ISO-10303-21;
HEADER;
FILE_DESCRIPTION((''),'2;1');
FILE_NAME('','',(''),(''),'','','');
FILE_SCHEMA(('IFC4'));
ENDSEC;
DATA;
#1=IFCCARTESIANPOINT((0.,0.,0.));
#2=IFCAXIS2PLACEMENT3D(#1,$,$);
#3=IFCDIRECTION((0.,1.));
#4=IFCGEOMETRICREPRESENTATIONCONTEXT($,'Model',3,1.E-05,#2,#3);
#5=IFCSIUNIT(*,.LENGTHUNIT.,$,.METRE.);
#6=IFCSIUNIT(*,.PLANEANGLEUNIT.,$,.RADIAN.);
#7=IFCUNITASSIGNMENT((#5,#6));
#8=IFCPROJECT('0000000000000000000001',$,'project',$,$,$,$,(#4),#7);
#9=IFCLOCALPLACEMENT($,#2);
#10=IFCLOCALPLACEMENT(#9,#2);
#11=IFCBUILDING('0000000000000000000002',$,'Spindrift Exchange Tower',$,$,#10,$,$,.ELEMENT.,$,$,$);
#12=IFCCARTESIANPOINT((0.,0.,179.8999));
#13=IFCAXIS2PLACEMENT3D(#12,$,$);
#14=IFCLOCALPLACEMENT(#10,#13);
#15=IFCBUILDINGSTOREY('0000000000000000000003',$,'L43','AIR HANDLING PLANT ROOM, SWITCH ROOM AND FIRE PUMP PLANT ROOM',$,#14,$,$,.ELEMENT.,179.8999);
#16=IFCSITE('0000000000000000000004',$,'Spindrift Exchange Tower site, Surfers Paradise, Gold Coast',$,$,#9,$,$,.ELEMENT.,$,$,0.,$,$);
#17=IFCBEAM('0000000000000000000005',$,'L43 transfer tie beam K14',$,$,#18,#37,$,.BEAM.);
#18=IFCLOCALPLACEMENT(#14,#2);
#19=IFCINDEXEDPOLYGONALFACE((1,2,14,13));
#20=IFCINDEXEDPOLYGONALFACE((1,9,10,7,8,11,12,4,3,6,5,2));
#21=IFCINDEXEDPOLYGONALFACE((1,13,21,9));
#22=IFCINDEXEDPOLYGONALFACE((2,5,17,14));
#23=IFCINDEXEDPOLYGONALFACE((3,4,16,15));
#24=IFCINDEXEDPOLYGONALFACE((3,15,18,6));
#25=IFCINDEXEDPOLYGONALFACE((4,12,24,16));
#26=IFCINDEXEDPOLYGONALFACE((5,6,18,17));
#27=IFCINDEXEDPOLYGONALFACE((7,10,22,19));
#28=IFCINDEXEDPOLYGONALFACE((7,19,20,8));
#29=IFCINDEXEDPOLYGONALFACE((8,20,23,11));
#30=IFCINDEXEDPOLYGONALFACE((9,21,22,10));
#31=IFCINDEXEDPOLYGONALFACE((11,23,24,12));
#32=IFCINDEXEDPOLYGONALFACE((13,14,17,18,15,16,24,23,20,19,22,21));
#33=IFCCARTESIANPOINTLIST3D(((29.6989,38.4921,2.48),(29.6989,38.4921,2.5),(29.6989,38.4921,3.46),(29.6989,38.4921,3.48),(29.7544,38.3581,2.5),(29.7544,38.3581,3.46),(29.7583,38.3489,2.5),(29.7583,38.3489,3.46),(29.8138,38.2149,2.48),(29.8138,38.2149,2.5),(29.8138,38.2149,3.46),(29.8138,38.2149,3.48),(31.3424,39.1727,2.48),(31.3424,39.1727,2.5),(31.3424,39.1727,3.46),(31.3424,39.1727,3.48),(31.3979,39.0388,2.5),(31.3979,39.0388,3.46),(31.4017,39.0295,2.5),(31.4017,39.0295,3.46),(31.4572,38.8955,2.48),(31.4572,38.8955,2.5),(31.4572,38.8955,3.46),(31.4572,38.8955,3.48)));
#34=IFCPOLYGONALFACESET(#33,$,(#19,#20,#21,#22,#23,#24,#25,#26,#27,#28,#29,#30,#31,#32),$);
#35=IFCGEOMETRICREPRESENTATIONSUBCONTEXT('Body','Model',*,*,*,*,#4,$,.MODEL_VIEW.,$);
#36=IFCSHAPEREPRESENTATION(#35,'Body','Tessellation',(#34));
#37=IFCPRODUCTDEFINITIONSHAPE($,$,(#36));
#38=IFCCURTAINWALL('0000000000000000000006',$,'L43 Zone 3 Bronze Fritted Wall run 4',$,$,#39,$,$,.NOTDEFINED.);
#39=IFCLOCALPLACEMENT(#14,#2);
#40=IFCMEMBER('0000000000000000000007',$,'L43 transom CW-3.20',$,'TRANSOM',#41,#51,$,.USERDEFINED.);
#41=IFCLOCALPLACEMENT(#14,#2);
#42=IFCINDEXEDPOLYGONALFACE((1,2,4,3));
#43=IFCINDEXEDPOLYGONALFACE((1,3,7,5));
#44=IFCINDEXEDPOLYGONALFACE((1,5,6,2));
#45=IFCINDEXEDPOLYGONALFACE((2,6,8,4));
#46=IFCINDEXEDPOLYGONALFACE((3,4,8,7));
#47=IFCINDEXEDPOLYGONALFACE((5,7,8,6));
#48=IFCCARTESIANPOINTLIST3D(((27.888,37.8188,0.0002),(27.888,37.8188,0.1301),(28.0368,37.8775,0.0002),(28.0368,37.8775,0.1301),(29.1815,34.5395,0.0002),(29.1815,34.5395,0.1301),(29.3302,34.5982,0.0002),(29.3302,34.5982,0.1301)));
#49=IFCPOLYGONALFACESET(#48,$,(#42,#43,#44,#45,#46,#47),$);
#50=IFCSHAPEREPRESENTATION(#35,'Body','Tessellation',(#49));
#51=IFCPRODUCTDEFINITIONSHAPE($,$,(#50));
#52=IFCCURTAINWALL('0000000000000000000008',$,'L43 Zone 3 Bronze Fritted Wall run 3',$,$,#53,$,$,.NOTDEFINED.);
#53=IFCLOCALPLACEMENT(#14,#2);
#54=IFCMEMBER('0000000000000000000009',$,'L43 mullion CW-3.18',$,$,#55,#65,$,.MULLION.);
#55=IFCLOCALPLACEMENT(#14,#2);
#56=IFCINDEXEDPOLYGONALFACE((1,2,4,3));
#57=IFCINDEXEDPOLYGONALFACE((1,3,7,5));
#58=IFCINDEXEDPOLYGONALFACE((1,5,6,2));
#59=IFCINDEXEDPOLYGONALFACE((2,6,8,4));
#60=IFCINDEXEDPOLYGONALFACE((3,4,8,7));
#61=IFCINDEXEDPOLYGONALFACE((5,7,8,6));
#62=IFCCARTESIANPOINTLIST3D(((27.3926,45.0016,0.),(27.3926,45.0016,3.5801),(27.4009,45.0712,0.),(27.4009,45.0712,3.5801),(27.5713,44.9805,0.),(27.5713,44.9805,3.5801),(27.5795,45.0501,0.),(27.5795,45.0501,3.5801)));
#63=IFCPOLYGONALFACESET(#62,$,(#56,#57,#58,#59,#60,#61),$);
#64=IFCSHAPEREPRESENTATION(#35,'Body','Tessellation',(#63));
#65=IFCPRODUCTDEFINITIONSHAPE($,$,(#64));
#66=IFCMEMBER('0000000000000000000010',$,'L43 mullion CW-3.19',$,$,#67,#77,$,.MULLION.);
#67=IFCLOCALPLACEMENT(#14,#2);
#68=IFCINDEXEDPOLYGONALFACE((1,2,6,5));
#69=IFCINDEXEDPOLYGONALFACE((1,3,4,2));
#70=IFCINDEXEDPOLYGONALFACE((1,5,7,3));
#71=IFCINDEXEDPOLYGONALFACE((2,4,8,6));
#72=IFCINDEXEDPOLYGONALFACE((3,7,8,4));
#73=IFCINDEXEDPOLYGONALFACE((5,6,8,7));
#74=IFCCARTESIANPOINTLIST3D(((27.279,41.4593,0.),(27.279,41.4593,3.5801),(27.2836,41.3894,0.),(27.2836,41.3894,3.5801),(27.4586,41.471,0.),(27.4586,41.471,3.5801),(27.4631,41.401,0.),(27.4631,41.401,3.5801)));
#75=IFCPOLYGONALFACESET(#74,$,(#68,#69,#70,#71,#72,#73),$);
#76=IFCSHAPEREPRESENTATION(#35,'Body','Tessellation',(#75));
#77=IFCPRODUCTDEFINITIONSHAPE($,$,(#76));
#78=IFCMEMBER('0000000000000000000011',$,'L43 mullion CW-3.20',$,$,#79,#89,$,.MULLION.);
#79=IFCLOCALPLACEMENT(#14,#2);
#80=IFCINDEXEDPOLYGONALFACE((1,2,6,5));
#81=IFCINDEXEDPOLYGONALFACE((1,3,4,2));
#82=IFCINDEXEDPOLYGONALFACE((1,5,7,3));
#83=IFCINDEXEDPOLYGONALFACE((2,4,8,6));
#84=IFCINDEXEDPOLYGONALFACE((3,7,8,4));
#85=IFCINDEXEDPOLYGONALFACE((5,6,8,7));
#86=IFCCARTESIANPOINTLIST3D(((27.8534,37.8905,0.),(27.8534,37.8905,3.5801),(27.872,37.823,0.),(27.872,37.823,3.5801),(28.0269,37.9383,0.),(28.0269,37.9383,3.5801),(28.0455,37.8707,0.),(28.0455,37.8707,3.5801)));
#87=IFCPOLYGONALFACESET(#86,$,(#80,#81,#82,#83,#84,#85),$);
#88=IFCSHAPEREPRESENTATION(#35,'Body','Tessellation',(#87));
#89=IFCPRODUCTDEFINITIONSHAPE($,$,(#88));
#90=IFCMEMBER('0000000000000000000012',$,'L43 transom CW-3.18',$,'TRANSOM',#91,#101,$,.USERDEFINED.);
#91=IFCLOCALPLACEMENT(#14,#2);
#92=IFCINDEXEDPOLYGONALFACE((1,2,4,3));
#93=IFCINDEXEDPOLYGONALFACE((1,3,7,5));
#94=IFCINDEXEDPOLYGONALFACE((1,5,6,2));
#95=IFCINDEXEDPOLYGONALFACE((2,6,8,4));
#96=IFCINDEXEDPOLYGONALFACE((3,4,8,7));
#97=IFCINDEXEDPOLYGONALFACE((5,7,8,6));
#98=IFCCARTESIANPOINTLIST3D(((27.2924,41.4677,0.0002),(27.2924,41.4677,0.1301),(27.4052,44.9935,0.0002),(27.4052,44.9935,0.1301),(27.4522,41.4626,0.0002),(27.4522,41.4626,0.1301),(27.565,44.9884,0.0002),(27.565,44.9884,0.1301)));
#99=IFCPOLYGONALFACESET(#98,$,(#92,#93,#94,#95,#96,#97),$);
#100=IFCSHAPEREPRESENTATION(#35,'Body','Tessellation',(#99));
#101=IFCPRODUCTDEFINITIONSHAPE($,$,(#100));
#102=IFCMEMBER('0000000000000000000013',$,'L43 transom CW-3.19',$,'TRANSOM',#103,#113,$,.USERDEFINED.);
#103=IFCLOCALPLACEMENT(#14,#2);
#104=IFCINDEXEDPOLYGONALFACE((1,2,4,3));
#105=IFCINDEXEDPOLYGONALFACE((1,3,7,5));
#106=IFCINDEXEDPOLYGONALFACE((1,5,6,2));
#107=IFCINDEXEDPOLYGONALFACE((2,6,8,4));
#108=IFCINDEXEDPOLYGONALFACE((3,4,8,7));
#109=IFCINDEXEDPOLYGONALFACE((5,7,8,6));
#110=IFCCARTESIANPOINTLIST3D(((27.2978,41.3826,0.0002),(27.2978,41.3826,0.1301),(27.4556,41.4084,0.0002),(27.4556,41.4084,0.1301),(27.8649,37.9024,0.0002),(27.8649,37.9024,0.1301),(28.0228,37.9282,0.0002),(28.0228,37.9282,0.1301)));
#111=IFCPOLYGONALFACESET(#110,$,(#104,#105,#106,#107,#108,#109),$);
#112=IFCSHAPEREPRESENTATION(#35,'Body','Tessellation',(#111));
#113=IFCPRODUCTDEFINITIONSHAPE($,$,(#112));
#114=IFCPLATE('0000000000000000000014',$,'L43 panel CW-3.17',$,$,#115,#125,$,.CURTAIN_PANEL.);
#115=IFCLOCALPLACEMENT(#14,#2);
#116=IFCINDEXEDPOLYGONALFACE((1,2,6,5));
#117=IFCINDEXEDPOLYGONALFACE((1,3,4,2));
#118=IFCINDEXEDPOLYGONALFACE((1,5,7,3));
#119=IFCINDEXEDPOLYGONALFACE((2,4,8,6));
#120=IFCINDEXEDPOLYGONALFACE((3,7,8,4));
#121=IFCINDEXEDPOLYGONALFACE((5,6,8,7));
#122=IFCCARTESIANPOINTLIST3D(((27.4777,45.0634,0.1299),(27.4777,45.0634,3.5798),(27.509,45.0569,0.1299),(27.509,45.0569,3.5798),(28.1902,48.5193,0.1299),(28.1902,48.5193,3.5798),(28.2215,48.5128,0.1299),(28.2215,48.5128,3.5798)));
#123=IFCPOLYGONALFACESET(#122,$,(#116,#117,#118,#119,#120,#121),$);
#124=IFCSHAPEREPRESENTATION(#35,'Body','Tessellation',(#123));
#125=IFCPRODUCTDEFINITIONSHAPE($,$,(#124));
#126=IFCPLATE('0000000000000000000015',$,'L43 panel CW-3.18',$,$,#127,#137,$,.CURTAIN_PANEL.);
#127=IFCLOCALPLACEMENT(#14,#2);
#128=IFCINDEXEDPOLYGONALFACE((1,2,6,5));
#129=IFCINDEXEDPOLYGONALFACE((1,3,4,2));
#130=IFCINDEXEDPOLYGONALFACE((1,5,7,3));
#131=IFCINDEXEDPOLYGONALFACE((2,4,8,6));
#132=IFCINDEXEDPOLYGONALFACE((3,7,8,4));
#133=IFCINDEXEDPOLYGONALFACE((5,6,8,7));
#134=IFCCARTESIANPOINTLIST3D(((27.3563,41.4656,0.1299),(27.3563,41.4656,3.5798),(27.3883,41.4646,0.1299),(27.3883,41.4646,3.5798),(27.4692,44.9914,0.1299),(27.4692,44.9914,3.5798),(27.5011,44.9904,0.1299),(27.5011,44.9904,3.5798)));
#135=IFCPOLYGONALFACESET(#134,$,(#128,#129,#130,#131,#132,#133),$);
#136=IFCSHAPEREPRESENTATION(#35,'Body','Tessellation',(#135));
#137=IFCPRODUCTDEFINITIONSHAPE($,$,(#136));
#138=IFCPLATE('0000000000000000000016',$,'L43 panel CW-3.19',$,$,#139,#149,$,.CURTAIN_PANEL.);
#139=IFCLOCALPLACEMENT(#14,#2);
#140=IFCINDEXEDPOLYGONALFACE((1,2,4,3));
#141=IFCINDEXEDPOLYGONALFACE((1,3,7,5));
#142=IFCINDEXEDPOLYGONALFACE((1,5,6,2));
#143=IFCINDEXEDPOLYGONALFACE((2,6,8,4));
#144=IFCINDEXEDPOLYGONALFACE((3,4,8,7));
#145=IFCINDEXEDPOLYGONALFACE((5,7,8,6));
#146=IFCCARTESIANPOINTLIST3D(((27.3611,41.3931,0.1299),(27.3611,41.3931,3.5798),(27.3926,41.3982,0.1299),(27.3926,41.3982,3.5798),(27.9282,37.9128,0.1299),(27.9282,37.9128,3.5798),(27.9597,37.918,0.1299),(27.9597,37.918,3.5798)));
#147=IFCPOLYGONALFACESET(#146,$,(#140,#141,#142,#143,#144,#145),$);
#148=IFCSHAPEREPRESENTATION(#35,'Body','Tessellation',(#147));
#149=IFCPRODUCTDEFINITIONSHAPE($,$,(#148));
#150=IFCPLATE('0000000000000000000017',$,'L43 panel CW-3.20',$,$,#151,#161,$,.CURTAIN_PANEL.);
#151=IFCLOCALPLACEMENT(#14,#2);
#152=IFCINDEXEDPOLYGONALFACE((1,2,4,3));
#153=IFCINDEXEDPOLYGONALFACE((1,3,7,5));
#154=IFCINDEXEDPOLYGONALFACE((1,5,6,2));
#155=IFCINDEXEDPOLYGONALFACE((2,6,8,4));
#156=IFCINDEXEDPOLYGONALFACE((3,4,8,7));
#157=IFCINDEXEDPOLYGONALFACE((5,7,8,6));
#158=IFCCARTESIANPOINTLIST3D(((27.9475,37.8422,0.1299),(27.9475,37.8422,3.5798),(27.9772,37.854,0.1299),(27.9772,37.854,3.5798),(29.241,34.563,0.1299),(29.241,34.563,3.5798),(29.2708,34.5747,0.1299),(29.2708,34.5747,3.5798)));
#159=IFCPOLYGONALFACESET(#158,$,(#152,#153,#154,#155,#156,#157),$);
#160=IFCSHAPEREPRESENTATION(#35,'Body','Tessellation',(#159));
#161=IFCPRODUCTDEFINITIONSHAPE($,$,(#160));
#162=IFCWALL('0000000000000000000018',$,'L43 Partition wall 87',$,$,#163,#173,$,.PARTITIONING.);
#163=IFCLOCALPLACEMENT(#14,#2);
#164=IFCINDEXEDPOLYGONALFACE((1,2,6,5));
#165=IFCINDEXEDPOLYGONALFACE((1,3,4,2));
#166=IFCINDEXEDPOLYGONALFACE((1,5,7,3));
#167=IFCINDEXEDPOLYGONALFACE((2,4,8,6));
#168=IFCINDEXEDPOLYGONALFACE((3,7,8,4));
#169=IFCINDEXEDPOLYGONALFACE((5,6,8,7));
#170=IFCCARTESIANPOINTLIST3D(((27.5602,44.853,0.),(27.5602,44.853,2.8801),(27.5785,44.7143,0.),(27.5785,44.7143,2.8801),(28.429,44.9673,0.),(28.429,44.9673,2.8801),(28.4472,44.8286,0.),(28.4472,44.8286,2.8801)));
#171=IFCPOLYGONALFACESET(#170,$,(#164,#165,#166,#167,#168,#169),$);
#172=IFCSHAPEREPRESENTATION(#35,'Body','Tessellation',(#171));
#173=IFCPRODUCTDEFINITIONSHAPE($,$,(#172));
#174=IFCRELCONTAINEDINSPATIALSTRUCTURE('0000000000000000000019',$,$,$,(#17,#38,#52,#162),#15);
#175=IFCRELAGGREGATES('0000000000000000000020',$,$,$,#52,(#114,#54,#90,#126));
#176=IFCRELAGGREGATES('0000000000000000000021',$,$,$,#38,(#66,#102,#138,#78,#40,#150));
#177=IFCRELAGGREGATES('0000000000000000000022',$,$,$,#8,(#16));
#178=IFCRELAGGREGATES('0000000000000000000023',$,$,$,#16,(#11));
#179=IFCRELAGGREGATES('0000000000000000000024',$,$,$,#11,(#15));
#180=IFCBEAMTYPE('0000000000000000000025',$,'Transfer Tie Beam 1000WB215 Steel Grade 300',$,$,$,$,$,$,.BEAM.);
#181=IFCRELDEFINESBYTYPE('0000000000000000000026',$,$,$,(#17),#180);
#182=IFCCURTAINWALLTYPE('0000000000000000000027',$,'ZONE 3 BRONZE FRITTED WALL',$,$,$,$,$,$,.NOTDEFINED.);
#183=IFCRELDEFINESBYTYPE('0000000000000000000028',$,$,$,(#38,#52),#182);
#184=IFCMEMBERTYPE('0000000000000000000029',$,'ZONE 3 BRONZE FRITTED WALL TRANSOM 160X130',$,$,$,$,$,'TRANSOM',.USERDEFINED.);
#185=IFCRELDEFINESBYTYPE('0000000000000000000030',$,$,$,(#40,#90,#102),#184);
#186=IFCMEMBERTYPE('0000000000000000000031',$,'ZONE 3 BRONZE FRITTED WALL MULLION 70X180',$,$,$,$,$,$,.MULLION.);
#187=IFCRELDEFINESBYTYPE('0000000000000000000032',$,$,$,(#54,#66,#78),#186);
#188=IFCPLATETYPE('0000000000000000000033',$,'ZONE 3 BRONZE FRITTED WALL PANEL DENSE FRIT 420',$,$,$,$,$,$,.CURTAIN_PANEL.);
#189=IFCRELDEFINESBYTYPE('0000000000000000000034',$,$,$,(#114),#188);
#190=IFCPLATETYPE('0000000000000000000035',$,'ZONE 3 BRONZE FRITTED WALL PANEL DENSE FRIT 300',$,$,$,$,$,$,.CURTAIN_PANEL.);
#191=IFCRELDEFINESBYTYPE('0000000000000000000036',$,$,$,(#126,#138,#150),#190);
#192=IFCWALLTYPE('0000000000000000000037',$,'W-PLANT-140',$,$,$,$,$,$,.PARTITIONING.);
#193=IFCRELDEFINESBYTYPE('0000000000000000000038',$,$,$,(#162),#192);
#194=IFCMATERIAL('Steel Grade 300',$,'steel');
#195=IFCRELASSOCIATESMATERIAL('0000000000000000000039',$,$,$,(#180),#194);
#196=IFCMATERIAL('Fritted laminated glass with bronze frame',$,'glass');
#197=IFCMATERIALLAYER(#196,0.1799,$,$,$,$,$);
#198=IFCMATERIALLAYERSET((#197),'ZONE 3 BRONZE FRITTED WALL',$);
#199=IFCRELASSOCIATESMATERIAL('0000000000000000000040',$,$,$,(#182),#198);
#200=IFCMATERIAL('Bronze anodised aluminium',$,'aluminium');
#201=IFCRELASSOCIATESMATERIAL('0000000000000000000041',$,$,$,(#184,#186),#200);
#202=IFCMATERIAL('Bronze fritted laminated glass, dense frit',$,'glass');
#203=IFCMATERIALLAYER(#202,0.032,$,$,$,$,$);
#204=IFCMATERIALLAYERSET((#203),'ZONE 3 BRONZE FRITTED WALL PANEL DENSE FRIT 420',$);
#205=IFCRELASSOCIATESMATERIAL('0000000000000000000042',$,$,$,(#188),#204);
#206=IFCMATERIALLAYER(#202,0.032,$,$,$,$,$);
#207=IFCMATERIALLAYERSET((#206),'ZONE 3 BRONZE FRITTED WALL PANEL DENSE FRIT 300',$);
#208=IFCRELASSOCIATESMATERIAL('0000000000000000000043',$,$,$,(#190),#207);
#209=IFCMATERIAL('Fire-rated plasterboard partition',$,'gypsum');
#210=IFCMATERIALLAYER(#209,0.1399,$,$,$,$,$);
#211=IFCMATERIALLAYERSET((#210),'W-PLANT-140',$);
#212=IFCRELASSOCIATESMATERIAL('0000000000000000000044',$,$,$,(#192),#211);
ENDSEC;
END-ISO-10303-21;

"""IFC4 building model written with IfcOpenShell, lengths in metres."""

from ifc_helpers import new_model, si_unit, direction, frame, frame_2d, origin, origin_2d, place, context, subcontext, project, spatial, rectangle, i_section, extrude, source, transform, mapped, material, layer, layer_set, material_profile, profile_set, type_object, element, aggregate, save


model = new_model("IFC4")

# Units and contexts
model_context = context("Model", 3, precision=1e-05, world=origin(), true_north=direction((0.0, 1.0)))
body_context = subcontext(model_context, "Body", "Model", "MODEL_VIEW")
ifc_project = project(units=[si_unit("LENGTHUNIT", "METRE"), si_unit("PLANEANGLEUNIT", "RADIAN")], contexts=[model_context])

# Site, building, storey
site_placement = place(None, origin())
site = spatial("IfcSite", under=ifc_project, at=site_placement, Name="Spindrift Exchange Tower site, Surfers Paradise, Gold Coast", CompositionType="ELEMENT", RefElevation=0.0)
building_placement = place(site_placement, origin())
building = spatial("IfcBuilding", under=site, at=building_placement, Name="Spindrift Exchange Tower", CompositionType="ELEMENT")
storey_placement = place(building_placement, frame((0.0, 0.0, 179.8999)))
storey = spatial("IfcBuildingStorey", under=building, at=storey_placement, Name="L43", Description="AIR HANDLING PLANT ROOM, SWITCH ROOM AND FIRE PUMP PLANT ROOM", CompositionType="ELEMENT", Elevation=179.8999)

# Shared definitions
ifc_material_1 = material(Name="Steel Grade 300", Category="steel")

# Beam
ifc_material_profile_1 = material_profile(ifc_material_1, i_section(OverallWidth=0.3, OverallDepth=1.0, WebThickness=0.01, FlangeThickness=0.02, at=origin_2d()), Name="1000WB215")
ifc_profile_set_1 = profile_set([ifc_material_profile_1], Name="Steel Grade 300")
beam_type_1 = type_object("IfcBeamType", Name="Transfer Tie Beam 1000WB215 Steel Grade 300", PredefinedType="BEAM", material=ifc_profile_set_1)
shared_shape_1 = source(origin(), body_context, "Body", "SweptSolid", [
    extrude(i_section(OverallWidth=0.3, OverallDepth=1.0, WebThickness=0.01, FlangeThickness=0.02, at=origin_2d()), origin(), (0.0, 0.0, 1.0), 1.7788),
])
beam_1_placement = place(storey_placement, frame((29.7563, 38.3535, 2.98), z_axis=(0.923903, 0.382627, 0.0), x_axis=(-0.382627, 0.923903, 0.0)))
element("IfcBeam", 1, at=beam_1_placement, inside=storey, type_object=beam_type_1, Name="L43 transfer tie beam K14", PredefinedType="BEAM", context=body_context, shape_type="MappedRepresentation", body=[
    mapped(shared_shape_1, transform((0.0, 0.0, 0.0), scale=1.0)),
])

# Curtain walls, members
ifc_material_2 = material(Name="Fritted laminated glass with bronze frame", Category="glass")
ifc_layer_1 = layer(ifc_material_2, 0.1799)
ifc_layer_set_1 = layer_set([ifc_layer_1], Name="ZONE 3 BRONZE FRITTED WALL")
curtain_wall_type = type_object("IfcCurtainWallType", Name="ZONE 3 BRONZE FRITTED WALL", PredefinedType="NOTDEFINED", material=ifc_layer_set_1)
curtain_wall_1_placement = place(storey_placement, origin())
curtain_wall_1 = element("IfcCurtainWall", 2, at=curtain_wall_1_placement, inside=storey, type_object=curtain_wall_type, Name="L43 Zone 3 Bronze Fritted Wall run 4", PredefinedType="NOTDEFINED")
ifc_material_3 = material(Name="Bronze anodised aluminium", Category="aluminium")
ifc_material_profile_2 = material_profile(ifc_material_3, rectangle(XDim=0.1599, YDim=0.1299, at=origin_2d()), Name="ZONE 3 BRONZE FRITTED WALL TRANSOM 160X130")
ifc_profile_set_2 = profile_set([ifc_material_profile_2], Name="Bronze anodised aluminium")
member_type_1 = type_object("IfcMemberType", Name="ZONE 3 BRONZE FRITTED WALL TRANSOM 160X130", ElementType="TRANSOM", PredefinedType="USERDEFINED", material=ifc_profile_set_2)
shared_shape_2 = source(origin(), body_context, "Body", "SweptSolid", [
    extrude(rectangle(XDim=0.1599, YDim=0.1299, at=origin_2d()), origin(), (0.0, 0.0, 1.0), 3.5251),
])
member_1_placement = place(storey_placement, frame((27.9624, 37.8481, 0.0652), z_axis=(0.366921, -0.930252, 0.0), x_axis=(0.930252, 0.366921, 0.0)))
member_1 = element("IfcMember", 3, at=member_1_placement, type_object=member_type_1, Name="L43 transom CW-3.20", ObjectType="TRANSOM", PredefinedType="USERDEFINED", context=body_context, shape_type="MappedRepresentation", body=[
    mapped(shared_shape_2, transform((0.0, 0.0, 0.0), scale=1.0)),
])
curtain_wall_2_placement = place(storey_placement, origin())
curtain_wall_2 = element("IfcCurtainWall", 4, at=curtain_wall_2_placement, inside=storey, type_object=curtain_wall_type, Name="L43 Zone 3 Bronze Fritted Wall run 3", PredefinedType="NOTDEFINED")
ifc_material_profile_3 = material_profile(ifc_material_3, rectangle(XDim=0.0701, YDim=0.1799, at=origin_2d()), Name="ZONE 3 BRONZE FRITTED WALL MULLION 70X180")
ifc_profile_set_3 = profile_set([ifc_material_profile_3], Name="Bronze anodised aluminium")
member_type_2 = type_object("IfcMemberType", Name="ZONE 3 BRONZE FRITTED WALL MULLION 70X180", PredefinedType="MULLION", material=ifc_profile_set_3)
shared_shape_3 = source(origin(), body_context, "Body", "SweptSolid", [
    extrude(rectangle(XDim=0.0701, YDim=0.1799, at=origin_2d()), origin(), (0.0, 0.0, 1.0), 3.5801),
])
member_2_placement = place(storey_placement, frame((27.4861, 45.0259, 0.0), z_axis=(0.0, 0.0, 1.0), x_axis=(-0.117396, -0.993085, 0.0)))
member_2 = element("IfcMember", 5, at=member_2_placement, type_object=member_type_2, Name="L43 mullion CW-3.18", PredefinedType="MULLION", context=body_context, shape_type="MappedRepresentation", body=[
    mapped(shared_shape_3, transform((0.0, 0.0, 0.0), scale=1.0)),
])

# Members
member_3_placement = place(storey_placement, frame((27.3711, 41.4302, 0.0), z_axis=(0.0, 0.0, 1.0), x_axis=(0.064724, -0.997903, 0.0)))
member_3 = element("IfcMember", 6, at=member_3_placement, type_object=member_type_2, Name="L43 mullion CW-3.19", PredefinedType="MULLION", context=body_context, shape_type="MappedRepresentation", body=[
    mapped(shared_shape_3, transform((0.0, 0.0, 0.0), scale=1.0)),
])
member_4_placement = place(storey_placement, frame((27.9495, 37.8806, 0.0), z_axis=(0.0, 0.0, 1.0), x_axis=(0.265411, -0.964135, 0.0)))
member_4 = element("IfcMember", 7, at=member_4_placement, type_object=member_type_2, Name="L43 mullion CW-3.20", PredefinedType="MULLION", context=body_context, shape_type="MappedRepresentation", body=[
    mapped(shared_shape_3, transform((0.0, 0.0, 0.0), scale=1.0)),
])
shared_shape_4 = source(origin(), body_context, "Body", "SweptSolid", [
    extrude(rectangle(XDim=0.1599, YDim=0.1299, at=origin_2d()), origin(), (0.0, 0.0, 1.0), 3.5276),
])
member_5_placement = place(storey_placement, frame((27.4851, 44.991, 0.0652), z_axis=(-0.031974, -0.999489, 0.0), x_axis=(0.999489, -0.031974, 0.0)))
member_5 = element("IfcMember", 8, at=member_5_placement, type_object=member_type_1, Name="L43 transom CW-3.18", ObjectType="TRANSOM", PredefinedType="USERDEFINED", context=body_context, shape_type="MappedRepresentation", body=[
    mapped(shared_shape_4, transform((0.0, 0.0, 0.0), scale=1.0)),
])
shared_shape_5 = source(origin(), body_context, "Body", "SweptSolid", [
    extrude(rectangle(XDim=0.1599, YDim=0.1299, at=origin_2d()), origin(), (0.0, 0.0, 1.0), 3.5261),
])
member_6_placement = place(storey_placement, frame((27.3767, 41.3955, 0.0652), z_axis=(0.160839, -0.986981, 0.0), x_axis=(0.986981, 0.160839, 0.0)))
member_6 = element("IfcMember", 9, at=member_6_placement, type_object=member_type_1, Name="L43 transom CW-3.19", ObjectType="TRANSOM", PredefinedType="USERDEFINED", context=body_context, shape_type="MappedRepresentation", body=[
    mapped(shared_shape_5, transform((0.0, 0.0, 0.0), scale=1.0)),
])

# Plates
ifc_material_4 = material(Name="Bronze fritted laminated glass, dense frit", Category="glass")
ifc_layer_2 = layer(ifc_material_4, 0.032)
ifc_layer_set_2 = layer_set([ifc_layer_2], Name="ZONE 3 BRONZE FRITTED WALL PANEL DENSE FRIT 420")
plate_type_1 = type_object("IfcPlateType", Name="ZONE 3 BRONZE FRITTED WALL PANEL DENSE FRIT 420", PredefinedType="CURTAIN_PANEL", material=ifc_layer_set_2)
shared_shape_6 = source(origin(), body_context, "Body", "SweptSolid", [
    extrude(rectangle(XDim=3.5286, YDim=0.032, at=origin_2d()), origin(), (0.0, 0.0, 1.0), 3.45),
])
plate_1_placement = place(storey_placement, frame((27.8496, 46.7881, 0.1299), z_axis=(0.0, 0.0, 1.0), x_axis=(-0.201938, -0.979398, 0.0)))
plate_1 = element("IfcPlate", 10, at=plate_1_placement, type_object=plate_type_1, Name="L43 panel CW-3.17", PredefinedType="CURTAIN_PANEL", context=body_context, shape_type="MappedRepresentation", body=[
    mapped(shared_shape_6, transform((0.0, 0.0, 0.0), scale=1.0)),
])
ifc_layer_3 = layer(ifc_material_4, 0.032)
ifc_layer_set_3 = layer_set([ifc_layer_3], Name="ZONE 3 BRONZE FRITTED WALL PANEL DENSE FRIT 300")
plate_type_2 = type_object("IfcPlateType", Name="ZONE 3 BRONZE FRITTED WALL PANEL DENSE FRIT 300", PredefinedType="CURTAIN_PANEL", material=ifc_layer_set_3)
shared_shape_7 = source(origin(), body_context, "Body", "SweptSolid", [
    extrude(rectangle(XDim=3.5276, YDim=0.032, at=origin_2d()), origin(), (0.0, 0.0, 1.0), 3.45),
])
plate_2_placement = place(storey_placement, frame((27.4287, 43.228, 0.1299), z_axis=(0.0, 0.0, 1.0), x_axis=(-0.031993, -0.999488, 0.0)))
plate_2 = element("IfcPlate", 11, at=plate_2_placement, type_object=plate_type_2, Name="L43 panel CW-3.18", PredefinedType="CURTAIN_PANEL", context=body_context, shape_type="MappedRepresentation", body=[
    mapped(shared_shape_7, transform((0.0, 0.0, 0.0), scale=1.0)),
])
aggregate(curtain_wall_2, [plate_1, member_2, member_5, plate_2])
shared_shape_8 = source(origin(), body_context, "Body", "SweptSolid", [
    extrude(rectangle(XDim=3.5261, YDim=0.032, at=origin_2d()), origin(), (0.0, 0.0, 1.0), 3.45),
])
plate_3_placement = place(storey_placement, frame((27.6604, 39.6555, 0.1299), z_axis=(0.0, 0.0, 1.0), x_axis=(0.160836, -0.986981, 0.0)))
plate_3 = element("IfcPlate", 12, at=plate_3_placement, type_object=plate_type_2, Name="L43 panel CW-3.19", PredefinedType="CURTAIN_PANEL", context=body_context, shape_type="MappedRepresentation", body=[
    mapped(shared_shape_8, transform((0.0, 0.0, 0.0), scale=1.0)),
])
shared_shape_9 = source(origin(), body_context, "Body", "SweptSolid", [
    extrude(rectangle(XDim=3.5251, YDim=0.032, at=origin_2d()), origin(), (0.0, 0.0, 1.0), 3.45),
])
plate_4_placement = place(storey_placement, frame((28.6091, 36.2085, 0.1299), z_axis=(0.0, 0.0, 1.0), x_axis=(0.366946, -0.930242, 0.0)))
plate_4 = element("IfcPlate", 13, at=plate_4_placement, type_object=plate_type_2, Name="L43 panel CW-3.20", PredefinedType="CURTAIN_PANEL", context=body_context, shape_type="MappedRepresentation", body=[
    mapped(shared_shape_9, transform((0.0, 0.0, 0.0), scale=1.0)),
])
aggregate(curtain_wall_1, [member_3, member_6, plate_3, member_4, member_1, plate_4])

# Wall
ifc_material_5 = material(Name="Fire-rated plasterboard partition", Category="gypsum")
ifc_layer_4 = layer(ifc_material_5, 0.1399)
ifc_layer_set_4 = layer_set([ifc_layer_4], Name="W-PLANT-140")
wall_type_1 = type_object("IfcWallType", Name="W-PLANT-140", PredefinedType="PARTITIONING", material=ifc_layer_set_4)
wall_1_placement = place(storey_placement, frame((28.438, 44.8979, 0.0), z_axis=(0.0, 0.0, 1.0), x_axis=(-0.99146, -0.130411, 0.0)))
element("IfcWall", 14, at=wall_1_placement, inside=storey, type_object=wall_type_1, Name="L43 Partition wall 87", PredefinedType="PARTITIONING", context=body_context, shape_type="SweptSolid", body=[
    extrude(rectangle(XDim=0.8762, YDim=0.1399, at=frame_2d((0.438, 0.0))), origin(), (0.0, 0.0, 1.0), 2.8801),
])

save(model, "model.ifc")
